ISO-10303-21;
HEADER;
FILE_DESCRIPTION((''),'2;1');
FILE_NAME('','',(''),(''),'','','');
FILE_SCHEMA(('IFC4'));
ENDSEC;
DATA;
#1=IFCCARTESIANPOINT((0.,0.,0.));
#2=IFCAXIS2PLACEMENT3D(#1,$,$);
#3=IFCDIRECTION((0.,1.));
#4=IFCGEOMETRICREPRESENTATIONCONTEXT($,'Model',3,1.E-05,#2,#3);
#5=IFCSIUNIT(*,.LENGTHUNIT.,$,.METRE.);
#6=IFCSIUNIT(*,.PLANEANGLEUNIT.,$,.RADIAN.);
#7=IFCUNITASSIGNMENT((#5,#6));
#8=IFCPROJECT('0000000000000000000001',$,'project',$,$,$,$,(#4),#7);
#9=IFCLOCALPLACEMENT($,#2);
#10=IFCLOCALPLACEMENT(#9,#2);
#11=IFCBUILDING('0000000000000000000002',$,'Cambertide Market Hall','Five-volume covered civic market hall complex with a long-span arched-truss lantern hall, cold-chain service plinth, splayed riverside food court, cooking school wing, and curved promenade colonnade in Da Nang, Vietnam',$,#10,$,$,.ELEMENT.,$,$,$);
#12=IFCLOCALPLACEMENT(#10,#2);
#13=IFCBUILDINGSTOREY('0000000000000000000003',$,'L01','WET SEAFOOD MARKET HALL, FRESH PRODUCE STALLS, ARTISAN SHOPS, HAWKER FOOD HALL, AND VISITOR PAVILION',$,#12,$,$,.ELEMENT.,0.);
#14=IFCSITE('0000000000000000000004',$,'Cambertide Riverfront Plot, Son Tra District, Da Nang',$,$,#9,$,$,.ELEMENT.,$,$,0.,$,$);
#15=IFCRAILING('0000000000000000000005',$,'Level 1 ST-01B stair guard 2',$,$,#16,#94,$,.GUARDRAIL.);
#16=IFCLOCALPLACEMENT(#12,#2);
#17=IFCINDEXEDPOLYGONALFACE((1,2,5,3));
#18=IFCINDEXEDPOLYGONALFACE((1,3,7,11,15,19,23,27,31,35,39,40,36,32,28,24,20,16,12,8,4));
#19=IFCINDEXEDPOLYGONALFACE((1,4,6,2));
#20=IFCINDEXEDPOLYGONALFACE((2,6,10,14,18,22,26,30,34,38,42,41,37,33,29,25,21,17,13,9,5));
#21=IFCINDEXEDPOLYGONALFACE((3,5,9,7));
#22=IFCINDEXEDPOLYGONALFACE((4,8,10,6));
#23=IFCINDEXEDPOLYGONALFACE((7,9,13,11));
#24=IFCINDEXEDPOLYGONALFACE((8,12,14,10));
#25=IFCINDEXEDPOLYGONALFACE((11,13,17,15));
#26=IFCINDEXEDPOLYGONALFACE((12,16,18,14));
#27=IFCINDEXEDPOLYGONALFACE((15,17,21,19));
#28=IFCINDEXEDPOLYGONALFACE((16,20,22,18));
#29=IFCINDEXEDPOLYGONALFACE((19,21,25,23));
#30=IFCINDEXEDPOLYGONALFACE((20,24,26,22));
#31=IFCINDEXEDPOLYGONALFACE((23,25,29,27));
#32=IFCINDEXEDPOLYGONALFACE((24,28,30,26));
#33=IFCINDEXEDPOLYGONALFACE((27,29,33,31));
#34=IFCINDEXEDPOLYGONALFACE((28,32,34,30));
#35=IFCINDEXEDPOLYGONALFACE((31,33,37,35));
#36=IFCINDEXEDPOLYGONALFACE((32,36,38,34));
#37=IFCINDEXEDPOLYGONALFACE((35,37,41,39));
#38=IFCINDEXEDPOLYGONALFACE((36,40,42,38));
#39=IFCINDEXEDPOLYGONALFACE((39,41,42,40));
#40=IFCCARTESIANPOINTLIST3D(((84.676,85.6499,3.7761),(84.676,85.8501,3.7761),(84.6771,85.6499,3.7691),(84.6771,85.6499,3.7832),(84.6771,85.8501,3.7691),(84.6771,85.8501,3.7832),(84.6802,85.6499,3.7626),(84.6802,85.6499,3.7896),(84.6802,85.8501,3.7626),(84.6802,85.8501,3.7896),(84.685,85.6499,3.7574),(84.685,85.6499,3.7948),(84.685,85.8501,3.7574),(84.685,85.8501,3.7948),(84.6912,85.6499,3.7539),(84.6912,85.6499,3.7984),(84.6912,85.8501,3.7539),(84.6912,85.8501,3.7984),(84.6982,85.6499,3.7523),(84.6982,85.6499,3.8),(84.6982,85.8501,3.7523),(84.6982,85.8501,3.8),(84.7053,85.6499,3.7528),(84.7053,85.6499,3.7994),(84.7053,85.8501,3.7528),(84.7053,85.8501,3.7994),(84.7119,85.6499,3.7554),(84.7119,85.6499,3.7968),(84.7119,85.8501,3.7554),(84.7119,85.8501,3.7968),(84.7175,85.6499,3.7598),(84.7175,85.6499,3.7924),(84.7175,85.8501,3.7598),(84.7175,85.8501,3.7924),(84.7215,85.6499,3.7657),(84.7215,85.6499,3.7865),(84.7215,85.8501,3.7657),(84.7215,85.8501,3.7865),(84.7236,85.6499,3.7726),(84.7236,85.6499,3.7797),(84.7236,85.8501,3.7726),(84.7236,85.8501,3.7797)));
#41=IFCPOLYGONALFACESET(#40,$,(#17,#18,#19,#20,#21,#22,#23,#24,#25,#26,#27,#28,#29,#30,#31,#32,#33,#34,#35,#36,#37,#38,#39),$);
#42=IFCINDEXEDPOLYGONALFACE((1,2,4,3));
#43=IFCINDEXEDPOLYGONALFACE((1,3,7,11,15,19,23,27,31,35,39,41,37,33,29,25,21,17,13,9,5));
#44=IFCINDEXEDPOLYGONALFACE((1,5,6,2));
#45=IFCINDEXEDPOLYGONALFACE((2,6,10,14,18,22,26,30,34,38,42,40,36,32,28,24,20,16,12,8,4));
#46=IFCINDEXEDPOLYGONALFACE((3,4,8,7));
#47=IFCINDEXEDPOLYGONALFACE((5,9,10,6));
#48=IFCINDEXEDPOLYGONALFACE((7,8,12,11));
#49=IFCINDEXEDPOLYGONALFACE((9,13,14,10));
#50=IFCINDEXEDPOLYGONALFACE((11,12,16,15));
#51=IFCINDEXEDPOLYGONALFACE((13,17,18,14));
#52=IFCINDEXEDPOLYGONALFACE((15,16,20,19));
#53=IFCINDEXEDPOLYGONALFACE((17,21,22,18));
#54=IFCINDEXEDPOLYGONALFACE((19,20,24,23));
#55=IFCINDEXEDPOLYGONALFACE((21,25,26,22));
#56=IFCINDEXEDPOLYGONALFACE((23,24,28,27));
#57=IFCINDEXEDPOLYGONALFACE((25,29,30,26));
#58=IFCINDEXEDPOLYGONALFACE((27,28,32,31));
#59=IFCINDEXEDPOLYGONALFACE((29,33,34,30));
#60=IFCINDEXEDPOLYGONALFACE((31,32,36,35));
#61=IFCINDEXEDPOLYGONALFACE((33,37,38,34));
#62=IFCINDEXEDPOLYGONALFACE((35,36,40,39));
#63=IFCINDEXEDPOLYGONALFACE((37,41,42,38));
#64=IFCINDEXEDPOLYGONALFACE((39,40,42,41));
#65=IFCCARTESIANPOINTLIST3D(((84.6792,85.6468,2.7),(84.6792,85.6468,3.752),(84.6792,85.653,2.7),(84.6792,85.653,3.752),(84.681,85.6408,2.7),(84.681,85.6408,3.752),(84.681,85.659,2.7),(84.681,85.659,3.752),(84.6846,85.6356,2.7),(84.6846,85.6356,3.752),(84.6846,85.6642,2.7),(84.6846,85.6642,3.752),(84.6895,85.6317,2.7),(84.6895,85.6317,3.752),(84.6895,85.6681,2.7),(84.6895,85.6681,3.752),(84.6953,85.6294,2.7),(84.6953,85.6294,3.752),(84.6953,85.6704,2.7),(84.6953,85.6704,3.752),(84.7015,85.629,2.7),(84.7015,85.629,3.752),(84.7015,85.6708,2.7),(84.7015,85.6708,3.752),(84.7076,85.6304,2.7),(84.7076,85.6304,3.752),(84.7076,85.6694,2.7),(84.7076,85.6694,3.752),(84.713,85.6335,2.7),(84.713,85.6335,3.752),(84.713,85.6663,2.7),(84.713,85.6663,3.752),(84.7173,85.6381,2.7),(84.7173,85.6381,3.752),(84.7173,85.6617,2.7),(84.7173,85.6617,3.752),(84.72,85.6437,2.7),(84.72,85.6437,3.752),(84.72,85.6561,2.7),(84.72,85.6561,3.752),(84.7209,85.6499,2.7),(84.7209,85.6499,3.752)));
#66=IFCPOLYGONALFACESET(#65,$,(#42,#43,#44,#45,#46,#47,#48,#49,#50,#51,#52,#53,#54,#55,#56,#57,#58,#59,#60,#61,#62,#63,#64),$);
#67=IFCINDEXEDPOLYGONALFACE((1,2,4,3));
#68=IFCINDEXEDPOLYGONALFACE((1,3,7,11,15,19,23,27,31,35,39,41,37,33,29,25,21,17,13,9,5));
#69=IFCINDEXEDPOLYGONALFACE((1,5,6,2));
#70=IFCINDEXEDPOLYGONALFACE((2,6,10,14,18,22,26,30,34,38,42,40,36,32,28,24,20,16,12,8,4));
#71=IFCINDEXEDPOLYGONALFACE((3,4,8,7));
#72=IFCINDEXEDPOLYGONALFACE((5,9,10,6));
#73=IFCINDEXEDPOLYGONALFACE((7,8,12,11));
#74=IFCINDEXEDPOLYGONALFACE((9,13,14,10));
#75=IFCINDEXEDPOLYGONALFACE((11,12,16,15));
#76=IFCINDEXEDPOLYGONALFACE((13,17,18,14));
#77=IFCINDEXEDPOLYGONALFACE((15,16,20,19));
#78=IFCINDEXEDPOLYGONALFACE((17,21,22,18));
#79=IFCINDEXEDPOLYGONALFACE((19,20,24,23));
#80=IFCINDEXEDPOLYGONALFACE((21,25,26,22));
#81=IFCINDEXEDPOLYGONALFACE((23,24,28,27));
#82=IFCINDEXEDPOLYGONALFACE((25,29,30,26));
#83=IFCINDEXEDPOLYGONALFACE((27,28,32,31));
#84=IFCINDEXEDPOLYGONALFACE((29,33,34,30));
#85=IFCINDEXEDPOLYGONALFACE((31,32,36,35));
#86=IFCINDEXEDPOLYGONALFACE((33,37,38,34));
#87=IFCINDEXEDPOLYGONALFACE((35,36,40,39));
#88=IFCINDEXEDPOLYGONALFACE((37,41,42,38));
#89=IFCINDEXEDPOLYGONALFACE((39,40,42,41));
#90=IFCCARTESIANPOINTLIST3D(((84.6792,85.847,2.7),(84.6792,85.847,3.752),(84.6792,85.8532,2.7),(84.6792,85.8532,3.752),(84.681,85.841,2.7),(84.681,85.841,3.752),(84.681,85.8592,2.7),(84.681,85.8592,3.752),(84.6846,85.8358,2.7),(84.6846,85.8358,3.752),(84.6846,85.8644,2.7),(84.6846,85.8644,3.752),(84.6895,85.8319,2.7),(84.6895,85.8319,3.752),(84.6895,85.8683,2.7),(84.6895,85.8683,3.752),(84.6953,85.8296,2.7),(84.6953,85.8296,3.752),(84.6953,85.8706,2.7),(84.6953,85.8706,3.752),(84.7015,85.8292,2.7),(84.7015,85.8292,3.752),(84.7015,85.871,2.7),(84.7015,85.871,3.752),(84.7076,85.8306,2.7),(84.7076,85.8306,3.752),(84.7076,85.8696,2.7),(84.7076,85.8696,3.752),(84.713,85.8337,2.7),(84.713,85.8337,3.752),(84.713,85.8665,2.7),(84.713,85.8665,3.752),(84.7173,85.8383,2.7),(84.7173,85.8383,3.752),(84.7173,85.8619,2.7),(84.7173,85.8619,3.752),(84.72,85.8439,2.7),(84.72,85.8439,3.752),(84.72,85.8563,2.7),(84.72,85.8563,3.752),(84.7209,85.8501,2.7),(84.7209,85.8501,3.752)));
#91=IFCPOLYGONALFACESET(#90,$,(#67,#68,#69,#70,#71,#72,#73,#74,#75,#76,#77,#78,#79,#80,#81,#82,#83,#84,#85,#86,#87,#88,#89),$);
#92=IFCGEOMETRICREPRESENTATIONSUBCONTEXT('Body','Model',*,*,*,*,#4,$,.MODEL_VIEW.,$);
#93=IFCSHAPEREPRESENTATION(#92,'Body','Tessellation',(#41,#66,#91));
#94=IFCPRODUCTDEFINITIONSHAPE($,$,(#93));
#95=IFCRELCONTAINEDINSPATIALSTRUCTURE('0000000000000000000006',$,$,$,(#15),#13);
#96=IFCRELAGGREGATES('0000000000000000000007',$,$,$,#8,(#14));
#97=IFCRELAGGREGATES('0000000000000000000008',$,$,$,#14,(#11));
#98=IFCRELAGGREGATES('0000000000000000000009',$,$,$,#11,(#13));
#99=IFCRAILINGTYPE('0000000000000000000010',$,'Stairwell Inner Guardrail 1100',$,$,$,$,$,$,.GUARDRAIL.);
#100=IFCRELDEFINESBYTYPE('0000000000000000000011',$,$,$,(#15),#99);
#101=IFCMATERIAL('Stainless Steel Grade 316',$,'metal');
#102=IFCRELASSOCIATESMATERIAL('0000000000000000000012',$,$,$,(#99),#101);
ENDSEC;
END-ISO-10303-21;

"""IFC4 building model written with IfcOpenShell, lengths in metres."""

from ifc_helpers import new_model, si_unit, direction, frame, origin, origin_2d, place, context, subcontext, project, spatial, circle, extrude, material, type_object, element, save


model = new_model("IFC4")

# Units and contexts
model_context = context("Model", 3, precision=1e-05, world=origin(), true_north=direction((0.0, 1.0)))
body_context = subcontext(model_context, "Body", "Model", "MODEL_VIEW")
ifc_project = project(units=[si_unit("LENGTHUNIT", "METRE"), si_unit("PLANEANGLEUNIT", "RADIAN")], contexts=[model_context])

# Site, building, storey
site_placement = place(None, origin())
site = spatial("IfcSite", under=ifc_project, at=site_placement, Name="Cambertide Riverfront Plot, Son Tra District, Da Nang", CompositionType="ELEMENT", RefElevation=0.0)
building_placement = place(site_placement, origin())
building = spatial("IfcBuilding", under=site, at=building_placement, Name="Cambertide Market Hall", Description="Five-volume covered civic market hall complex with a long-span arched-truss lantern hall, cold-chain service plinth, splayed riverside food court, cooking school wing, and curved promenade colonnade in Da Nang, Vietnam", CompositionType="ELEMENT")
storey_placement = place(building_placement, origin())
storey = spatial("IfcBuildingStorey", under=building, at=storey_placement, Name="L01", Description="WET SEAFOOD MARKET HALL, FRESH PRODUCE STALLS, ARTISAN SHOPS, HAWKER FOOD HALL, AND VISITOR PAVILION", CompositionType="ELEMENT", Elevation=0.0)

# Railing
ifc_material_1 = material(Name="Stainless Steel Grade 316", Category="metal")
railing_type_1 = type_object("IfcRailingType", Name="Stairwell Inner Guardrail 1100", PredefinedType="GUARDRAIL", material=ifc_material_1)
railing_1_placement = place(storey_placement, frame((84.7, 85.6499, 2.7)))
element("IfcRailing", 1, at=railing_1_placement, inside=storey, type_object=railing_type_1, Name="Level 1 ST-01B stair guard 2", PredefinedType="GUARDRAIL", context=body_context, shape_type="SweptSolid", body=[
    extrude(circle(Radius=0.0239, at=origin_2d()), frame((0.0, 0.0, 1.0762), z_axis=(0.0, 1.0, 0.0), x_axis=(-1.0, 0.0, 0.0)), (0.0, 0.0, 1.0), 0.2002),
    extrude(circle(Radius=0.021, at=origin_2d()), origin(), (0.0, 0.0, 1.0), 1.052),
    extrude(circle(Radius=0.021, at=origin_2d()), frame((0.0, 0.2002, 0.0)), (0.0, 0.0, 1.0), 1.052),
])

save(model, "model.ifc")
